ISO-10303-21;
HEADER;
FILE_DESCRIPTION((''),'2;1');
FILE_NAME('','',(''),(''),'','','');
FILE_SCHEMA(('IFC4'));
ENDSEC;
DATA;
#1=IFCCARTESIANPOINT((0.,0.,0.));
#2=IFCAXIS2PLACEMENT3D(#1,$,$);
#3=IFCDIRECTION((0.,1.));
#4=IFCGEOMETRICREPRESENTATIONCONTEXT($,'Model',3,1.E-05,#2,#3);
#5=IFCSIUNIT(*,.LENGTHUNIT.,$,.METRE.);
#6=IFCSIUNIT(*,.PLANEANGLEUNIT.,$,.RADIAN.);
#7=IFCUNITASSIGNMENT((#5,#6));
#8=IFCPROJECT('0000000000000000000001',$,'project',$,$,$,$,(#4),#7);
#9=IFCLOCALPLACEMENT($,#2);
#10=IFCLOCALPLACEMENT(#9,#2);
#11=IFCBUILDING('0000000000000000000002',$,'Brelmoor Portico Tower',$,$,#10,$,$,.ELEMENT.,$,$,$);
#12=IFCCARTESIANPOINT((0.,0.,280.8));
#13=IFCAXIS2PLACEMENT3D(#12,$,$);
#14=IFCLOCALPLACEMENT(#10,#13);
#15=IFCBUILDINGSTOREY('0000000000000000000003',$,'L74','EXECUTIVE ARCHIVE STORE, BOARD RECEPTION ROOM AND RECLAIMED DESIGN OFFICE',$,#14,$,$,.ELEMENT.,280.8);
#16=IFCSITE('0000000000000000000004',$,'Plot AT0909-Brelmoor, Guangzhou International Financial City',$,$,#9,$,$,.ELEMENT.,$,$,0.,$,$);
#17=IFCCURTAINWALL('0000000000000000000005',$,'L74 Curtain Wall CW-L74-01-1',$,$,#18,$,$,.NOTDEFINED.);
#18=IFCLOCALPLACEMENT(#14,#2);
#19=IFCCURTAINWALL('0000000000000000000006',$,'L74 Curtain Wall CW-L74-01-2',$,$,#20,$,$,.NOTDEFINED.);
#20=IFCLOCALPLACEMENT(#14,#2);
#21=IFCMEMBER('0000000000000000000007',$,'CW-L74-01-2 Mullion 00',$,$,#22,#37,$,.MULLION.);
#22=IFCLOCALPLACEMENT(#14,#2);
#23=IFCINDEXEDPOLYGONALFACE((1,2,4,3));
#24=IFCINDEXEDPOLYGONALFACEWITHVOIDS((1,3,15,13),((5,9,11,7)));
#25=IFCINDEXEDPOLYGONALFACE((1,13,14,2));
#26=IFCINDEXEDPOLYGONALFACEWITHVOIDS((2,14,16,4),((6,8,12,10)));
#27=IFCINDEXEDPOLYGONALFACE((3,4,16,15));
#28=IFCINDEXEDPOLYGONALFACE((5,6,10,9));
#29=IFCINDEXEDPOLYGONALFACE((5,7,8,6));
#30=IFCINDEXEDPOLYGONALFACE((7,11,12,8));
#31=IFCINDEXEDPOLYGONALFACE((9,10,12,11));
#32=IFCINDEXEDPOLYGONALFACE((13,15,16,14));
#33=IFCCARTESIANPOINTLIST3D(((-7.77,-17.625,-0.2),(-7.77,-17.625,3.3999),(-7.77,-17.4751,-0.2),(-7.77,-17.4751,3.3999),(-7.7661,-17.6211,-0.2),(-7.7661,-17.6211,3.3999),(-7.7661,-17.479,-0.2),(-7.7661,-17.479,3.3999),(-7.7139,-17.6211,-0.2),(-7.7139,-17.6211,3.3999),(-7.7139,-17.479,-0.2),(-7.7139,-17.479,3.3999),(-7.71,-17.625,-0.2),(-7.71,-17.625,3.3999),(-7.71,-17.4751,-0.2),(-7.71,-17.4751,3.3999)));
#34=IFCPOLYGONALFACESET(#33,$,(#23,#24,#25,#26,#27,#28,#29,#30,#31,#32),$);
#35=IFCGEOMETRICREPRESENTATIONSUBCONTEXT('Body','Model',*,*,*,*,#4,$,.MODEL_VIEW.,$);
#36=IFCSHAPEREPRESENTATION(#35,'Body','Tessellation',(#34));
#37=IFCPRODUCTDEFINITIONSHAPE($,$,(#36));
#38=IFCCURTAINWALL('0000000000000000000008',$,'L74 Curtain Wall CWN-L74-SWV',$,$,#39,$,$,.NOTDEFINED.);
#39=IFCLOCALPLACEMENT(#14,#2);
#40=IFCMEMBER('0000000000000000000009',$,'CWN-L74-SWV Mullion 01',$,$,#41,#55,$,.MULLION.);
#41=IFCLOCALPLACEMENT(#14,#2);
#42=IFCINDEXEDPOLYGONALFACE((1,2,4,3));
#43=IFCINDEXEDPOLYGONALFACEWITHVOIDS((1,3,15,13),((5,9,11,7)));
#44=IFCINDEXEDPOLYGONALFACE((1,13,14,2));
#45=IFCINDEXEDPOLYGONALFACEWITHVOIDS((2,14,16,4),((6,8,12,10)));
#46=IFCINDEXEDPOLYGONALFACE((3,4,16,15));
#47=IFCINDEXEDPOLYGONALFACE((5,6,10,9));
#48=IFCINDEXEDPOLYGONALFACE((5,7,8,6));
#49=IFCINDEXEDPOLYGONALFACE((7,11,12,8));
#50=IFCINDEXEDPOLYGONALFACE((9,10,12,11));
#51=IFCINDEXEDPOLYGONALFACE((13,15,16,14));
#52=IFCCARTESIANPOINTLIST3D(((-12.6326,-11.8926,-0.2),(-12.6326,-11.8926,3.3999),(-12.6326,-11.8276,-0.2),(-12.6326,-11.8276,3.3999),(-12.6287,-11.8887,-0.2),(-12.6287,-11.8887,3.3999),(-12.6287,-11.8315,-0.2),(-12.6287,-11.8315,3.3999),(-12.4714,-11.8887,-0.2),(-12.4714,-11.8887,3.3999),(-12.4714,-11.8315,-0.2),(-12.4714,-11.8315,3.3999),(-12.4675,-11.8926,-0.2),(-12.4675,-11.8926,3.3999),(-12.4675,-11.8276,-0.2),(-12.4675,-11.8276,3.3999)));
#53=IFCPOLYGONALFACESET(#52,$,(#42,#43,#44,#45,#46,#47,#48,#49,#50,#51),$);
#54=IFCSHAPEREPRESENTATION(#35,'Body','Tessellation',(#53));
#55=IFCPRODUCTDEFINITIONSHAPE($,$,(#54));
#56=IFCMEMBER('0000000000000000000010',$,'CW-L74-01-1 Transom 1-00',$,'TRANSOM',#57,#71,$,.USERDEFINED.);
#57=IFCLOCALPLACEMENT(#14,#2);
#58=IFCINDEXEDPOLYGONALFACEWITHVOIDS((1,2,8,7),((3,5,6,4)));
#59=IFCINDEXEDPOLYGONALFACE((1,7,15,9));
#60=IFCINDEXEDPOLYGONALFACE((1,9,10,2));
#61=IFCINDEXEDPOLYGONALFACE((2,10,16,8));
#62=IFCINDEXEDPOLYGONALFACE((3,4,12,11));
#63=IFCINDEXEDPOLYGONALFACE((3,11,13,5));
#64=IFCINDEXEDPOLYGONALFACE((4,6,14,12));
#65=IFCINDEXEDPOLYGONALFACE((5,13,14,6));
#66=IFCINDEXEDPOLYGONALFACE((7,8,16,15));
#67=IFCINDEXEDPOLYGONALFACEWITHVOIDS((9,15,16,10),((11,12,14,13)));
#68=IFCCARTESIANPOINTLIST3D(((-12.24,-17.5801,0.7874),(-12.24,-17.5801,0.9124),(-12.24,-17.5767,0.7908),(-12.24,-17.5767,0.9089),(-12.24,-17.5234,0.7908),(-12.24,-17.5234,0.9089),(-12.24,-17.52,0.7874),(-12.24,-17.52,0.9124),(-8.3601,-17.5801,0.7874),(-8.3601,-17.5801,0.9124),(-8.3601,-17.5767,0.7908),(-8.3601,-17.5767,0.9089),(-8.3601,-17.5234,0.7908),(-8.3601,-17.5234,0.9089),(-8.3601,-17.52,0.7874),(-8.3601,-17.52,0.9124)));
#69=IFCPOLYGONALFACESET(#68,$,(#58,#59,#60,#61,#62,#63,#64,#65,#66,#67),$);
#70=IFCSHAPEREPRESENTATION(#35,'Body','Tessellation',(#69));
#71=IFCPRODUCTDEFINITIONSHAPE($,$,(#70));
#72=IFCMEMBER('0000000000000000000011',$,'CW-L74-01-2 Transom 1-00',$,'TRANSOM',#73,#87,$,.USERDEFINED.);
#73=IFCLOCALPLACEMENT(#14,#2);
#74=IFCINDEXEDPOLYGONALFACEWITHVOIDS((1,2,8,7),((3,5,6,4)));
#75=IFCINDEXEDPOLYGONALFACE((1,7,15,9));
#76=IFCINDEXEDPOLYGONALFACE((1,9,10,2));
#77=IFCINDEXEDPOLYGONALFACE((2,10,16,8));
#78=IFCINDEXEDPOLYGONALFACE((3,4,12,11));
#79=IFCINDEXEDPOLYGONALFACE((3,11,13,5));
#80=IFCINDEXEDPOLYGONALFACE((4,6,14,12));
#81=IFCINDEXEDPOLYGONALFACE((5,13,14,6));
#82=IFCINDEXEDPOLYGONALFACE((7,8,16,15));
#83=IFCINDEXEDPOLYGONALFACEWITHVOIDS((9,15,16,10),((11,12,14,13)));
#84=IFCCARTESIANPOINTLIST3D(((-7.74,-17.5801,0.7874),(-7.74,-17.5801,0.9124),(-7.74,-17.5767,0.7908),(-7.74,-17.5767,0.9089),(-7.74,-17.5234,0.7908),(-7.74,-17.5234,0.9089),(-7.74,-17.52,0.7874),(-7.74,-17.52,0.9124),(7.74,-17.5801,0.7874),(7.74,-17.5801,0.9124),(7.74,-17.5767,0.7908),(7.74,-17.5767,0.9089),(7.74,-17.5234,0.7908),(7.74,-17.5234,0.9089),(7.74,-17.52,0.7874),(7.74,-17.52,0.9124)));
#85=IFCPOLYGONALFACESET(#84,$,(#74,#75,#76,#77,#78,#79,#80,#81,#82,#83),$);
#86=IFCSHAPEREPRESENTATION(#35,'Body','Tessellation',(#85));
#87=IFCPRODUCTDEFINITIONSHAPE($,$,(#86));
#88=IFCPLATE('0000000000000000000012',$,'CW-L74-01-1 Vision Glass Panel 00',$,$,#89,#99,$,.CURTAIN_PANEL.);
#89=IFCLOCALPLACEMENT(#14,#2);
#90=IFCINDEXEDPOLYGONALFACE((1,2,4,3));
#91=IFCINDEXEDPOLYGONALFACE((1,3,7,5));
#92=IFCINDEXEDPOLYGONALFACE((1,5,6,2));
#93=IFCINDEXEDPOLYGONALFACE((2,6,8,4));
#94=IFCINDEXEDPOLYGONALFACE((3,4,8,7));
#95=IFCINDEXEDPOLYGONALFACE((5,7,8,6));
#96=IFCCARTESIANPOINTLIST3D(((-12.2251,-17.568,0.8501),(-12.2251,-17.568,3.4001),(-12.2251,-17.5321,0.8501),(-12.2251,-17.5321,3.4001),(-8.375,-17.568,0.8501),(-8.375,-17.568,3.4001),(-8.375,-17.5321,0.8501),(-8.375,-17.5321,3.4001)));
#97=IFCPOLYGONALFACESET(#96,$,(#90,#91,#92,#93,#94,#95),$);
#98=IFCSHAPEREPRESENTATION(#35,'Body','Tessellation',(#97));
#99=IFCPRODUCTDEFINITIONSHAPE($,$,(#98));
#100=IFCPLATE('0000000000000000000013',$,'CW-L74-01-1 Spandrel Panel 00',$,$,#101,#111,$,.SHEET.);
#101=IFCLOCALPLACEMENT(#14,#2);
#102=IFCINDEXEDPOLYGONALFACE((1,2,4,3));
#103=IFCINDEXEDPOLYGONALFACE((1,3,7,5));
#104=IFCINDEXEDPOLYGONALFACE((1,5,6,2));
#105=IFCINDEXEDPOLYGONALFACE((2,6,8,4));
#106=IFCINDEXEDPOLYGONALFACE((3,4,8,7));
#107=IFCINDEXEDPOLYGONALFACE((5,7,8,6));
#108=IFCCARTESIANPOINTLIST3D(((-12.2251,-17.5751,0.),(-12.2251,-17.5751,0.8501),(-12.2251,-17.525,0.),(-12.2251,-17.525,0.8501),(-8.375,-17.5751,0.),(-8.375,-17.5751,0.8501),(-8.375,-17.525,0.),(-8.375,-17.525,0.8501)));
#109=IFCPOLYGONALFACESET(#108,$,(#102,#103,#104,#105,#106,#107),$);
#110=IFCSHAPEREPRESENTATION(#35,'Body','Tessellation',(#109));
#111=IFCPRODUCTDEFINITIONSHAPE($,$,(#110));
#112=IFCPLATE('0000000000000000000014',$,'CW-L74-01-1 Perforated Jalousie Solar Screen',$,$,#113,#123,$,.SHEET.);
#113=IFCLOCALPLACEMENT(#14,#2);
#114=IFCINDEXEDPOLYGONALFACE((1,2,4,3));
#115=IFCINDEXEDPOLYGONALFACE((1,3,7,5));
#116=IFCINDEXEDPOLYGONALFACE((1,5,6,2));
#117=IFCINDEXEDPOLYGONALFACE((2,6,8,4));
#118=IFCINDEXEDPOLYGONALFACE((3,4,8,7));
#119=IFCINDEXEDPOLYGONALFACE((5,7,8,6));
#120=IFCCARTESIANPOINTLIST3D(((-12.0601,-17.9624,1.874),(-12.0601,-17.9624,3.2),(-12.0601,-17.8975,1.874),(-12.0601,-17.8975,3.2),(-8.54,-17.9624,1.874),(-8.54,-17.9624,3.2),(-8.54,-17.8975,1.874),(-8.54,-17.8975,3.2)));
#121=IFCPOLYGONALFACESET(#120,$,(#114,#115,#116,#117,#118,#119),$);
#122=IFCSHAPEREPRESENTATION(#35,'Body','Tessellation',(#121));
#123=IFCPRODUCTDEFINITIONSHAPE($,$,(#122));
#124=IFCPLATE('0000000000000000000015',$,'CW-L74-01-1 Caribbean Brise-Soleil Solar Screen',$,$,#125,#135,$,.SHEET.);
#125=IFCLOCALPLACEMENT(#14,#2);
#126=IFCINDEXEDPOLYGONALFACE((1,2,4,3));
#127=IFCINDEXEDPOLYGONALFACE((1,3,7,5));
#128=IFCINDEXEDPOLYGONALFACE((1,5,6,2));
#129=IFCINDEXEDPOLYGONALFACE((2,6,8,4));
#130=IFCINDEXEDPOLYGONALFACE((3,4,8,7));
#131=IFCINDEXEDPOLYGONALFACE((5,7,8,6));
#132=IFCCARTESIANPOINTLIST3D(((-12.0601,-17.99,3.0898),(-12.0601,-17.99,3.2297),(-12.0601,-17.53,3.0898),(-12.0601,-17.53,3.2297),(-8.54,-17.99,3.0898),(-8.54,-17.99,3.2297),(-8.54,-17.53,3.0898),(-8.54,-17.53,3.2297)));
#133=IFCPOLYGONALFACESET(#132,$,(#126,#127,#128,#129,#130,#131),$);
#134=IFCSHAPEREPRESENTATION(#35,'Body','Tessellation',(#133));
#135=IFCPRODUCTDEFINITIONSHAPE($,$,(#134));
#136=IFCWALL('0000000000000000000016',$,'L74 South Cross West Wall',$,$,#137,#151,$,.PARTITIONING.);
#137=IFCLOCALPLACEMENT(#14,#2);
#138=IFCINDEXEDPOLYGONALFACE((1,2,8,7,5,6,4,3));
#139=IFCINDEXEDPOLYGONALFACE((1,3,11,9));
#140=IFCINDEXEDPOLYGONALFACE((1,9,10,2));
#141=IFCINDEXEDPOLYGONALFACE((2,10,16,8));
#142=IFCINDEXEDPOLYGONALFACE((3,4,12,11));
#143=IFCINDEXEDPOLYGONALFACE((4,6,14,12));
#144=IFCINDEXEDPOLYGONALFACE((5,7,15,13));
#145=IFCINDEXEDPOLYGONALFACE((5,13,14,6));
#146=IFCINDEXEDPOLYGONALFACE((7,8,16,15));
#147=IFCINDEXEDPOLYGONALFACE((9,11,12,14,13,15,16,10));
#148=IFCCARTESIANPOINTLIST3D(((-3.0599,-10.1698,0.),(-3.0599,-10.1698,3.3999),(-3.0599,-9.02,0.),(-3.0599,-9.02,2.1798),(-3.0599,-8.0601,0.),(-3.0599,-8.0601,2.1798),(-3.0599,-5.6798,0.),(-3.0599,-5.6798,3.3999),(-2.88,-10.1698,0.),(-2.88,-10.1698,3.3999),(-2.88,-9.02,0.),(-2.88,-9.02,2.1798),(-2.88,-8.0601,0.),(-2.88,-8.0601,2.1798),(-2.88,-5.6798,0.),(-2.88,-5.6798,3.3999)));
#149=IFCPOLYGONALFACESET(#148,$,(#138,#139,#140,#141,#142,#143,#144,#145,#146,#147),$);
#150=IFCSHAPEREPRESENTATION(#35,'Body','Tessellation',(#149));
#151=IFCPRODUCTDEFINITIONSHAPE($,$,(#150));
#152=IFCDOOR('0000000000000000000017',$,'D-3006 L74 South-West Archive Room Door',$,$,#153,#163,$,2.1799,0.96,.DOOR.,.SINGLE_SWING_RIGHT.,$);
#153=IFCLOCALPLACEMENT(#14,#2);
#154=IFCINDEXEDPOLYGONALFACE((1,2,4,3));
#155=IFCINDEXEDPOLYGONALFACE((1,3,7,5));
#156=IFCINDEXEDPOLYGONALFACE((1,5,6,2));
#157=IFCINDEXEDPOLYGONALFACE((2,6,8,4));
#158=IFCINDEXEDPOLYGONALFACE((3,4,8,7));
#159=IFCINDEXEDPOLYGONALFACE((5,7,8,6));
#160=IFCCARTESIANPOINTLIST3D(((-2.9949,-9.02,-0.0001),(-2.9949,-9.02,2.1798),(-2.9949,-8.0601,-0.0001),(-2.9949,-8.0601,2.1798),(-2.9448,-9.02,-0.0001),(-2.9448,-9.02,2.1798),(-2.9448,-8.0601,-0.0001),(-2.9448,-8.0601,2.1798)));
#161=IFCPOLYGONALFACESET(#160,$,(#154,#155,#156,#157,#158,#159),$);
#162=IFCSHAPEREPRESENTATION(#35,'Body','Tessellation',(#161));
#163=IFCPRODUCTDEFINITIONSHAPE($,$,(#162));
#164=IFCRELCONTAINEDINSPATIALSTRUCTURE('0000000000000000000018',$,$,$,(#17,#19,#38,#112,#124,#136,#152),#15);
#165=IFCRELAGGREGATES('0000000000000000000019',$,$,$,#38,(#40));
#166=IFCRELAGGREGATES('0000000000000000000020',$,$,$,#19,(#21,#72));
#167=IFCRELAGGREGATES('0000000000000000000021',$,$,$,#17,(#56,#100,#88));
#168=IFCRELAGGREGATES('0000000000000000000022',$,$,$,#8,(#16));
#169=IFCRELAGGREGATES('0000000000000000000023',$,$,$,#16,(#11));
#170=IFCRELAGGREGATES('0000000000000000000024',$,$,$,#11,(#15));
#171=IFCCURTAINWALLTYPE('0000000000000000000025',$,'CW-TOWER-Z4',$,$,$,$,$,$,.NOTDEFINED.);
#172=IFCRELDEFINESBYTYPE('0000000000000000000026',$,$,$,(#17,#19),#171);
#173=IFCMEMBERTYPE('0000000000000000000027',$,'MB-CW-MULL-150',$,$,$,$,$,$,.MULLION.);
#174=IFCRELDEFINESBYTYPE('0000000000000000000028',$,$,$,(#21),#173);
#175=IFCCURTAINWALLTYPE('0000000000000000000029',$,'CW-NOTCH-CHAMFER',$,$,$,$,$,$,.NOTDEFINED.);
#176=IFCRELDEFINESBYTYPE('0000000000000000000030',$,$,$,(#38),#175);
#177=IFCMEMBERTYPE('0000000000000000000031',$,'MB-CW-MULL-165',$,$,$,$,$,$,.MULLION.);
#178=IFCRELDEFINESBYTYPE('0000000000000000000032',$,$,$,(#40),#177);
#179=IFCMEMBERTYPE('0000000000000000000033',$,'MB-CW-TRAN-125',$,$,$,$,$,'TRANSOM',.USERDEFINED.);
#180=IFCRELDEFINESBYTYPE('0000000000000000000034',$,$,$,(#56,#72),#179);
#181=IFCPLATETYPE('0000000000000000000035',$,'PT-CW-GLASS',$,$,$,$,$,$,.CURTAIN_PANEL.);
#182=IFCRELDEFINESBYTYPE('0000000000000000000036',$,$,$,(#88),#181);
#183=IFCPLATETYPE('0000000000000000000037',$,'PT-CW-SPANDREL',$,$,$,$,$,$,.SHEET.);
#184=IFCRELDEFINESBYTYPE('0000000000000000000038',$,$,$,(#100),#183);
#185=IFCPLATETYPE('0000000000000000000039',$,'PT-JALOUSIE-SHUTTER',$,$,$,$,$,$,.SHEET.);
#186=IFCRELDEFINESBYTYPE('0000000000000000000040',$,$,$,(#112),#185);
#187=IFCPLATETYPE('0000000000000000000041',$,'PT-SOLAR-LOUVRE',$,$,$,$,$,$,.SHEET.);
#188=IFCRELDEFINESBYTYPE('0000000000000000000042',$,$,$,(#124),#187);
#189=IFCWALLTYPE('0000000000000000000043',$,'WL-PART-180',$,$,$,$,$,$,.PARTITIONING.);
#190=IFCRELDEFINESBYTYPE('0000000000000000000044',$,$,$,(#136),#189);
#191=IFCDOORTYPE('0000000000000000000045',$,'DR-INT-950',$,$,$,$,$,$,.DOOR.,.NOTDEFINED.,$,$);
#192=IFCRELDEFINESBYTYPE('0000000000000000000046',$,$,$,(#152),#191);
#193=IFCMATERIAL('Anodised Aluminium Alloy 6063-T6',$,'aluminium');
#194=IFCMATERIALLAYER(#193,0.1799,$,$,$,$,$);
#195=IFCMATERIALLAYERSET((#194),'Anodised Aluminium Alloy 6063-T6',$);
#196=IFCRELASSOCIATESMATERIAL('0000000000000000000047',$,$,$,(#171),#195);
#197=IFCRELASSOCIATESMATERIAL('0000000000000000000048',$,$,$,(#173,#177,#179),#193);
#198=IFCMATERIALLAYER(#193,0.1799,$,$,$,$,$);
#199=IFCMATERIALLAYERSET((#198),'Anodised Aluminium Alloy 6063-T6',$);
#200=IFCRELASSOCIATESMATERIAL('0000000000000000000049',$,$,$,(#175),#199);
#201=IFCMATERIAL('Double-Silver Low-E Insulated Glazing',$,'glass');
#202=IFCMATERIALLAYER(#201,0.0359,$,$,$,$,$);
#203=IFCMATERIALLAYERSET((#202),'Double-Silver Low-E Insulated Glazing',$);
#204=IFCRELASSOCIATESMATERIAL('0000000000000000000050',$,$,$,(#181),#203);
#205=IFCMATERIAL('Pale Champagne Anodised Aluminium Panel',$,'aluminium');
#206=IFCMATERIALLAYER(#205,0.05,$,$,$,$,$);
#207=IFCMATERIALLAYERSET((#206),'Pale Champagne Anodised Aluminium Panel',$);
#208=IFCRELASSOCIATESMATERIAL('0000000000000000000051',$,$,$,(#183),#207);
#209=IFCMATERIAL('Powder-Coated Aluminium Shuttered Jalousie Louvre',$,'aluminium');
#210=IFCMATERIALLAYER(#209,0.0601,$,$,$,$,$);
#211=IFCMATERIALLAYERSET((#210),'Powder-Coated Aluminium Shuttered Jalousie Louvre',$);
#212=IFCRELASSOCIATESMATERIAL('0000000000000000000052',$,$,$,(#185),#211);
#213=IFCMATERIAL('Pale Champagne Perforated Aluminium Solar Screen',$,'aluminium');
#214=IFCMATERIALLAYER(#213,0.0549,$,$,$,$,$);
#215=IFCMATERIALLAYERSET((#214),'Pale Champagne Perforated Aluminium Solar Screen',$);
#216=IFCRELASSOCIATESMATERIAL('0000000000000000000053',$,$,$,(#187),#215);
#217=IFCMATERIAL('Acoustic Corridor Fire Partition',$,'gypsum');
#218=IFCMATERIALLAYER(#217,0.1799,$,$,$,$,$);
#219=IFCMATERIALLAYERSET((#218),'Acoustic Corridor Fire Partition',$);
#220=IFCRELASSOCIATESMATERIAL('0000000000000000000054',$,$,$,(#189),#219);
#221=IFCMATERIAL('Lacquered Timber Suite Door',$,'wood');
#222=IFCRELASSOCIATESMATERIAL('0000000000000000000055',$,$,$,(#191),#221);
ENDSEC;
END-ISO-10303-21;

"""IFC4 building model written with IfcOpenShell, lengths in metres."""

from ifc_helpers import new_model, si_unit, direction, frame, frame_2d, origin, origin_2d, place, context, subcontext, project, spatial, rectangle, hollow_rectangle, extrude, material, layer, layer_set, material_profile, profile_set, type_object, element, fill, aggregate, save


model = new_model("IFC4")

# Units and contexts
model_context = context("Model", 3, precision=1e-05, world=origin(), true_north=direction((0.0, 1.0)))
body_context = subcontext(model_context, "Body", "Model", "MODEL_VIEW")
ifc_project = project(units=[si_unit("LENGTHUNIT", "METRE"), si_unit("PLANEANGLEUNIT", "RADIAN")], contexts=[model_context])

# Site, building, storey
site_placement = place(None, origin())
site = spatial("IfcSite", under=ifc_project, at=site_placement, Name="Plot AT0909-Brelmoor, Guangzhou International Financial City", CompositionType="ELEMENT", RefElevation=0.0)
building_placement = place(site_placement, origin())
building = spatial("IfcBuilding", under=site, at=building_placement, Name="Brelmoor Portico Tower", CompositionType="ELEMENT")
storey_placement = place(building_placement, frame((0.0, 0.0, 280.8)))
storey = spatial("IfcBuildingStorey", under=building, at=storey_placement, Name="L74", Description="EXECUTIVE ARCHIVE STORE, BOARD RECEPTION ROOM AND RECLAIMED DESIGN OFFICE", CompositionType="ELEMENT", Elevation=280.8)

# Curtain wall
ifc_material_1 = material(Name="Anodised Aluminium Alloy 6063-T6", Category="aluminium")
ifc_layer_1 = layer(ifc_material_1, 0.1799)
ifc_layer_set_1 = layer_set([ifc_layer_1], Name="Anodised Aluminium Alloy 6063-T6")
curtain_wall_type_1 = type_object("IfcCurtainWallType", Name="CW-TOWER-Z4", PredefinedType="NOTDEFINED", material=ifc_layer_set_1)
curtain_wall_1_placement = place(storey_placement, origin())
curtain_wall_1 = element("IfcCurtainWall", 1, at=curtain_wall_1_placement, inside=storey, type_object=curtain_wall_type_1, Name="L74 Curtain Wall CW-L74-01-1", PredefinedType="NOTDEFINED")
ifc_material_profile_1 = material_profile(ifc_material_1, hollow_rectangle(XDim=0.0601, YDim=0.1499, WallThickness=0.0039, at=origin_2d()), Name="ALU MULLION 60x150")
ifc_profile_set_1 = profile_set([ifc_material_profile_1], Name="Anodised Aluminium Alloy 6063-T6")
member_type_1 = type_object("IfcMemberType", Name="MB-CW-MULL-150", PredefinedType="MULLION", material=ifc_profile_set_1)

# Curtain walls, members
curtain_wall_2_placement = place(storey_placement, origin())
curtain_wall_2 = element("IfcCurtainWall", 2, at=curtain_wall_2_placement, inside=storey, type_object=curtain_wall_type_1, Name="L74 Curtain Wall CW-L74-01-2", PredefinedType="NOTDEFINED")
member_1_placement = place(storey_placement, frame((-7.74, -17.55, -0.2), z_axis=(0.0, 0.0, 1.0), x_axis=(1.0, 0.0, 0.0)))
member_1 = element("IfcMember", 3, at=member_1_placement, type_object=member_type_1, Name="CW-L74-01-2 Mullion 00", PredefinedType="MULLION", context=body_context, shape_type="SweptSolid", body=[
    extrude(hollow_rectangle(XDim=0.0601, YDim=0.1499, WallThickness=0.0039, at=origin_2d()), origin(), (0.0, 0.0, 1.0), 3.5999),
])
ifc_layer_2 = layer(ifc_material_1, 0.1799)
ifc_layer_set_2 = layer_set([ifc_layer_2], Name="Anodised Aluminium Alloy 6063-T6")
curtain_wall_type_2 = type_object("IfcCurtainWallType", Name="CW-NOTCH-CHAMFER", PredefinedType="NOTDEFINED", material=ifc_layer_set_2)
curtain_wall_3_placement = place(storey_placement, origin())
curtain_wall_3 = element("IfcCurtainWall", 4, at=curtain_wall_3_placement, inside=storey, type_object=curtain_wall_type_2, Name="L74 Curtain Wall CWN-L74-SWV", PredefinedType="NOTDEFINED")
ifc_material_profile_2 = material_profile(ifc_material_1, hollow_rectangle(XDim=0.0649, YDim=0.165, WallThickness=0.0039, at=origin_2d()), Name="ALU MULLION 65x165")
ifc_profile_set_2 = profile_set([ifc_material_profile_2], Name="Anodised Aluminium Alloy 6063-T6")
member_type_2 = type_object("IfcMemberType", Name="MB-CW-MULL-165", PredefinedType="MULLION", material=ifc_profile_set_2)
member_2_placement = place(storey_placement, frame((-12.55, -11.8601, -0.2), z_axis=(0.0, 0.0, 1.0), x_axis=(0.0, 1.0, 0.0)))
member_2 = element("IfcMember", 5, at=member_2_placement, type_object=member_type_2, Name="CWN-L74-SWV Mullion 01", PredefinedType="MULLION", context=body_context, shape_type="SweptSolid", body=[
    extrude(hollow_rectangle(XDim=0.0649, YDim=0.165, WallThickness=0.0039, at=origin_2d()), origin(), (0.0, 0.0, 1.0), 3.5999),
])
aggregate(curtain_wall_3, [member_2])

# Members
ifc_material_profile_3 = material_profile(ifc_material_1, hollow_rectangle(XDim=0.0601, YDim=0.125, WallThickness=0.0034, at=origin_2d()), Name="ALU TRANSOM 60x125")
ifc_profile_set_3 = profile_set([ifc_material_profile_3], Name="Anodised Aluminium Alloy 6063-T6")
member_type_3 = type_object("IfcMemberType", Name="MB-CW-TRAN-125", ElementType="TRANSOM", PredefinedType="USERDEFINED", material=ifc_profile_set_3)
member_3_placement = place(storey_placement, frame((-12.24, -17.55, 0.8499), z_axis=(1.0, 0.0, 0.0), x_axis=(0.0, 1.0, 0.0)))
member_3 = element("IfcMember", 6, at=member_3_placement, type_object=member_type_3, Name="CW-L74-01-1 Transom 1-00", ObjectType="TRANSOM", PredefinedType="USERDEFINED", context=body_context, shape_type="SweptSolid", body=[
    extrude(hollow_rectangle(XDim=0.0601, YDim=0.125, WallThickness=0.0034, at=origin_2d()), origin(), (0.0, 0.0, 1.0), 3.8799),
])
member_4_placement = place(storey_placement, frame((-7.74, -17.55, 0.8499), z_axis=(1.0, 0.0, 0.0), x_axis=(0.0, 1.0, 0.0)))
member_4 = element("IfcMember", 7, at=member_4_placement, type_object=member_type_3, Name="CW-L74-01-2 Transom 1-00", ObjectType="TRANSOM", PredefinedType="USERDEFINED", context=body_context, shape_type="SweptSolid", body=[
    extrude(hollow_rectangle(XDim=0.0601, YDim=0.125, WallThickness=0.0034, at=origin_2d()), origin(), (0.0, 0.0, 1.0), 15.48),
])
aggregate(curtain_wall_2, [member_1, member_4])

# Plates
ifc_material_2 = material(Name="Double-Silver Low-E Insulated Glazing", Category="glass")
ifc_layer_3 = layer(ifc_material_2, 0.0359)
ifc_layer_set_3 = layer_set([ifc_layer_3], Name="Double-Silver Low-E Insulated Glazing")
plate_type_1 = type_object("IfcPlateType", Name="PT-CW-GLASS", PredefinedType="CURTAIN_PANEL", material=ifc_layer_set_3)
plate_1_placement = place(storey_placement, frame((-10.3, -17.55, 0.8501), z_axis=(0.0, 0.0, 1.0), x_axis=(1.0, 0.0, 0.0)))
plate_1 = element("IfcPlate", 8, at=plate_1_placement, type_object=plate_type_1, Name="CW-L74-01-1 Vision Glass Panel 00", PredefinedType="CURTAIN_PANEL", context=body_context, shape_type="SweptSolid", body=[
    extrude(rectangle(XDim=3.8501, YDim=0.0359, at=origin_2d()), origin(), (0.0, 0.0, 1.0), 2.55),
])
ifc_material_3 = material(Name="Pale Champagne Anodised Aluminium Panel", Category="aluminium")
ifc_layer_4 = layer(ifc_material_3, 0.05)
ifc_layer_set_4 = layer_set([ifc_layer_4], Name="Pale Champagne Anodised Aluminium Panel")
plate_type_2 = type_object("IfcPlateType", Name="PT-CW-SPANDREL", PredefinedType="SHEET", material=ifc_layer_set_4)
plate_2_placement = place(storey_placement, frame((-10.3, -17.55, 0.0), z_axis=(0.0, 0.0, 1.0), x_axis=(1.0, 0.0, 0.0)))
plate_2 = element("IfcPlate", 9, at=plate_2_placement, type_object=plate_type_2, Name="CW-L74-01-1 Spandrel Panel 00", PredefinedType="SHEET", context=body_context, shape_type="SweptSolid", body=[
    extrude(rectangle(XDim=3.8501, YDim=0.05, at=origin_2d()), origin(), (0.0, 0.0, 1.0), 0.8501),
])
aggregate(curtain_wall_1, [member_3, plate_2, plate_1])

# Plates
ifc_material_4 = material(Name="Powder-Coated Aluminium Shuttered Jalousie Louvre", Category="aluminium")
ifc_layer_5 = layer(ifc_material_4, 0.0601)
ifc_layer_set_5 = layer_set([ifc_layer_5], Name="Powder-Coated Aluminium Shuttered Jalousie Louvre")
plate_type_3 = type_object("IfcPlateType", Name="PT-JALOUSIE-SHUTTER", PredefinedType="SHEET", material=ifc_layer_set_5)
plate_3_placement = place(storey_placement, frame((-10.3, -17.9299, 1.874), z_axis=(0.0, 0.0, 1.0), x_axis=(1.0, 0.0, 0.0)))
element("IfcPlate", 10, at=plate_3_placement, inside=storey, type_object=plate_type_3, Name="CW-L74-01-1 Perforated Jalousie Solar Screen", PredefinedType="SHEET", context=body_context, shape_type="SweptSolid", body=[
    extrude(rectangle(XDim=3.52, YDim=0.0649, at=origin_2d()), origin(), (0.0, 0.0, 1.0), 1.3259),
])
ifc_material_5 = material(Name="Pale Champagne Perforated Aluminium Solar Screen", Category="aluminium")
ifc_layer_6 = layer(ifc_material_5, 0.0549)
ifc_layer_set_6 = layer_set([ifc_layer_6], Name="Pale Champagne Perforated Aluminium Solar Screen")
plate_type_4 = type_object("IfcPlateType", Name="PT-SOLAR-LOUVRE", PredefinedType="SHEET", material=ifc_layer_set_6)
plate_4_placement = place(storey_placement, frame((-10.3, -17.76, 3.0898), z_axis=(0.0, 0.0, 1.0), x_axis=(1.0, 0.0, 0.0)))
element("IfcPlate", 11, at=plate_4_placement, inside=storey, type_object=plate_type_4, Name="CW-L74-01-1 Caribbean Brise-Soleil Solar Screen", PredefinedType="SHEET", context=body_context, shape_type="SweptSolid", body=[
    extrude(rectangle(XDim=3.52, YDim=0.46, at=origin_2d()), origin(), (0.0, 0.0, 1.0), 0.1399),
])

# Wall, opening, door
ifc_material_6 = material(Name="Acoustic Corridor Fire Partition", Category="gypsum")
ifc_layer_7 = layer(ifc_material_6, 0.1799)
ifc_layer_set_7 = layer_set([ifc_layer_7], Name="Acoustic Corridor Fire Partition")
wall_type = type_object("IfcWallType", Name="WL-PART-180", PredefinedType="PARTITIONING", material=ifc_layer_set_7)
wall_1_placement = place(storey_placement, frame((-2.97, -10.1699, 0.0), z_axis=(0.0, 0.0, 1.0), x_axis=(0.0, 1.0, 0.0)))
wall_1 = element("IfcWall", 12, at=wall_1_placement, inside=storey, type_object=wall_type, Name="L74 South Cross West Wall", PredefinedType="PARTITIONING", context=body_context, shape_type="SweptSolid", body=[
    extrude(rectangle(XDim=4.49, YDim=0.1799, at=frame_2d((2.2451, 0.0))), origin(), (0.0, 0.0, 1.0), 3.3999),
])
opening_1_placement = place(wall_1_placement, frame((1.1499, 0.0, 0.0)))
opening_1 = element("IfcOpeningElement", 13, at=opening_1_placement, cuts=wall_1, PredefinedType="OPENING", context=body_context, shape_type="SweptSolid", body=[
    extrude(rectangle(XDim=0.96, YDim=2.1799, at=frame_2d((0.48, 1.0898))), frame((0.0, 0.0999, 0.0), z_axis=(0.0, -1.0, 0.0), x_axis=(1.0, 0.0, 0.0)), (0.0, 0.0, 1.0), 0.2),
])
ifc_material_7 = material(Name="Lacquered Timber Suite Door", Category="wood")
door_type = type_object("IfcDoorType", Name="DR-INT-950", OperationType="NOTDEFINED", PredefinedType="DOOR", material=ifc_material_7)
door_1_placement = place(opening_1_placement, origin())
door_1 = element("IfcDoor", 14, at=door_1_placement, inside=storey, type_object=door_type, Name="D-3006 L74 South-West Archive Room Door", OperationType="SINGLE_SWING_RIGHT", OverallHeight=2.1799, OverallWidth=0.96, PredefinedType="DOOR", context=body_context, shape_type="SweptSolid", body=[
    extrude(rectangle(XDim=0.96, YDim=2.1799, at=frame_2d((0.48, 1.0898))), frame((0.0, 0.0249, 0.0), z_axis=(0.0, -1.0, 0.0), x_axis=(1.0, 0.0, 0.0)), (0.0, 0.0, 1.0), 0.05),
])
fill(opening_1, door_1)

save(model, "model.ifc")
